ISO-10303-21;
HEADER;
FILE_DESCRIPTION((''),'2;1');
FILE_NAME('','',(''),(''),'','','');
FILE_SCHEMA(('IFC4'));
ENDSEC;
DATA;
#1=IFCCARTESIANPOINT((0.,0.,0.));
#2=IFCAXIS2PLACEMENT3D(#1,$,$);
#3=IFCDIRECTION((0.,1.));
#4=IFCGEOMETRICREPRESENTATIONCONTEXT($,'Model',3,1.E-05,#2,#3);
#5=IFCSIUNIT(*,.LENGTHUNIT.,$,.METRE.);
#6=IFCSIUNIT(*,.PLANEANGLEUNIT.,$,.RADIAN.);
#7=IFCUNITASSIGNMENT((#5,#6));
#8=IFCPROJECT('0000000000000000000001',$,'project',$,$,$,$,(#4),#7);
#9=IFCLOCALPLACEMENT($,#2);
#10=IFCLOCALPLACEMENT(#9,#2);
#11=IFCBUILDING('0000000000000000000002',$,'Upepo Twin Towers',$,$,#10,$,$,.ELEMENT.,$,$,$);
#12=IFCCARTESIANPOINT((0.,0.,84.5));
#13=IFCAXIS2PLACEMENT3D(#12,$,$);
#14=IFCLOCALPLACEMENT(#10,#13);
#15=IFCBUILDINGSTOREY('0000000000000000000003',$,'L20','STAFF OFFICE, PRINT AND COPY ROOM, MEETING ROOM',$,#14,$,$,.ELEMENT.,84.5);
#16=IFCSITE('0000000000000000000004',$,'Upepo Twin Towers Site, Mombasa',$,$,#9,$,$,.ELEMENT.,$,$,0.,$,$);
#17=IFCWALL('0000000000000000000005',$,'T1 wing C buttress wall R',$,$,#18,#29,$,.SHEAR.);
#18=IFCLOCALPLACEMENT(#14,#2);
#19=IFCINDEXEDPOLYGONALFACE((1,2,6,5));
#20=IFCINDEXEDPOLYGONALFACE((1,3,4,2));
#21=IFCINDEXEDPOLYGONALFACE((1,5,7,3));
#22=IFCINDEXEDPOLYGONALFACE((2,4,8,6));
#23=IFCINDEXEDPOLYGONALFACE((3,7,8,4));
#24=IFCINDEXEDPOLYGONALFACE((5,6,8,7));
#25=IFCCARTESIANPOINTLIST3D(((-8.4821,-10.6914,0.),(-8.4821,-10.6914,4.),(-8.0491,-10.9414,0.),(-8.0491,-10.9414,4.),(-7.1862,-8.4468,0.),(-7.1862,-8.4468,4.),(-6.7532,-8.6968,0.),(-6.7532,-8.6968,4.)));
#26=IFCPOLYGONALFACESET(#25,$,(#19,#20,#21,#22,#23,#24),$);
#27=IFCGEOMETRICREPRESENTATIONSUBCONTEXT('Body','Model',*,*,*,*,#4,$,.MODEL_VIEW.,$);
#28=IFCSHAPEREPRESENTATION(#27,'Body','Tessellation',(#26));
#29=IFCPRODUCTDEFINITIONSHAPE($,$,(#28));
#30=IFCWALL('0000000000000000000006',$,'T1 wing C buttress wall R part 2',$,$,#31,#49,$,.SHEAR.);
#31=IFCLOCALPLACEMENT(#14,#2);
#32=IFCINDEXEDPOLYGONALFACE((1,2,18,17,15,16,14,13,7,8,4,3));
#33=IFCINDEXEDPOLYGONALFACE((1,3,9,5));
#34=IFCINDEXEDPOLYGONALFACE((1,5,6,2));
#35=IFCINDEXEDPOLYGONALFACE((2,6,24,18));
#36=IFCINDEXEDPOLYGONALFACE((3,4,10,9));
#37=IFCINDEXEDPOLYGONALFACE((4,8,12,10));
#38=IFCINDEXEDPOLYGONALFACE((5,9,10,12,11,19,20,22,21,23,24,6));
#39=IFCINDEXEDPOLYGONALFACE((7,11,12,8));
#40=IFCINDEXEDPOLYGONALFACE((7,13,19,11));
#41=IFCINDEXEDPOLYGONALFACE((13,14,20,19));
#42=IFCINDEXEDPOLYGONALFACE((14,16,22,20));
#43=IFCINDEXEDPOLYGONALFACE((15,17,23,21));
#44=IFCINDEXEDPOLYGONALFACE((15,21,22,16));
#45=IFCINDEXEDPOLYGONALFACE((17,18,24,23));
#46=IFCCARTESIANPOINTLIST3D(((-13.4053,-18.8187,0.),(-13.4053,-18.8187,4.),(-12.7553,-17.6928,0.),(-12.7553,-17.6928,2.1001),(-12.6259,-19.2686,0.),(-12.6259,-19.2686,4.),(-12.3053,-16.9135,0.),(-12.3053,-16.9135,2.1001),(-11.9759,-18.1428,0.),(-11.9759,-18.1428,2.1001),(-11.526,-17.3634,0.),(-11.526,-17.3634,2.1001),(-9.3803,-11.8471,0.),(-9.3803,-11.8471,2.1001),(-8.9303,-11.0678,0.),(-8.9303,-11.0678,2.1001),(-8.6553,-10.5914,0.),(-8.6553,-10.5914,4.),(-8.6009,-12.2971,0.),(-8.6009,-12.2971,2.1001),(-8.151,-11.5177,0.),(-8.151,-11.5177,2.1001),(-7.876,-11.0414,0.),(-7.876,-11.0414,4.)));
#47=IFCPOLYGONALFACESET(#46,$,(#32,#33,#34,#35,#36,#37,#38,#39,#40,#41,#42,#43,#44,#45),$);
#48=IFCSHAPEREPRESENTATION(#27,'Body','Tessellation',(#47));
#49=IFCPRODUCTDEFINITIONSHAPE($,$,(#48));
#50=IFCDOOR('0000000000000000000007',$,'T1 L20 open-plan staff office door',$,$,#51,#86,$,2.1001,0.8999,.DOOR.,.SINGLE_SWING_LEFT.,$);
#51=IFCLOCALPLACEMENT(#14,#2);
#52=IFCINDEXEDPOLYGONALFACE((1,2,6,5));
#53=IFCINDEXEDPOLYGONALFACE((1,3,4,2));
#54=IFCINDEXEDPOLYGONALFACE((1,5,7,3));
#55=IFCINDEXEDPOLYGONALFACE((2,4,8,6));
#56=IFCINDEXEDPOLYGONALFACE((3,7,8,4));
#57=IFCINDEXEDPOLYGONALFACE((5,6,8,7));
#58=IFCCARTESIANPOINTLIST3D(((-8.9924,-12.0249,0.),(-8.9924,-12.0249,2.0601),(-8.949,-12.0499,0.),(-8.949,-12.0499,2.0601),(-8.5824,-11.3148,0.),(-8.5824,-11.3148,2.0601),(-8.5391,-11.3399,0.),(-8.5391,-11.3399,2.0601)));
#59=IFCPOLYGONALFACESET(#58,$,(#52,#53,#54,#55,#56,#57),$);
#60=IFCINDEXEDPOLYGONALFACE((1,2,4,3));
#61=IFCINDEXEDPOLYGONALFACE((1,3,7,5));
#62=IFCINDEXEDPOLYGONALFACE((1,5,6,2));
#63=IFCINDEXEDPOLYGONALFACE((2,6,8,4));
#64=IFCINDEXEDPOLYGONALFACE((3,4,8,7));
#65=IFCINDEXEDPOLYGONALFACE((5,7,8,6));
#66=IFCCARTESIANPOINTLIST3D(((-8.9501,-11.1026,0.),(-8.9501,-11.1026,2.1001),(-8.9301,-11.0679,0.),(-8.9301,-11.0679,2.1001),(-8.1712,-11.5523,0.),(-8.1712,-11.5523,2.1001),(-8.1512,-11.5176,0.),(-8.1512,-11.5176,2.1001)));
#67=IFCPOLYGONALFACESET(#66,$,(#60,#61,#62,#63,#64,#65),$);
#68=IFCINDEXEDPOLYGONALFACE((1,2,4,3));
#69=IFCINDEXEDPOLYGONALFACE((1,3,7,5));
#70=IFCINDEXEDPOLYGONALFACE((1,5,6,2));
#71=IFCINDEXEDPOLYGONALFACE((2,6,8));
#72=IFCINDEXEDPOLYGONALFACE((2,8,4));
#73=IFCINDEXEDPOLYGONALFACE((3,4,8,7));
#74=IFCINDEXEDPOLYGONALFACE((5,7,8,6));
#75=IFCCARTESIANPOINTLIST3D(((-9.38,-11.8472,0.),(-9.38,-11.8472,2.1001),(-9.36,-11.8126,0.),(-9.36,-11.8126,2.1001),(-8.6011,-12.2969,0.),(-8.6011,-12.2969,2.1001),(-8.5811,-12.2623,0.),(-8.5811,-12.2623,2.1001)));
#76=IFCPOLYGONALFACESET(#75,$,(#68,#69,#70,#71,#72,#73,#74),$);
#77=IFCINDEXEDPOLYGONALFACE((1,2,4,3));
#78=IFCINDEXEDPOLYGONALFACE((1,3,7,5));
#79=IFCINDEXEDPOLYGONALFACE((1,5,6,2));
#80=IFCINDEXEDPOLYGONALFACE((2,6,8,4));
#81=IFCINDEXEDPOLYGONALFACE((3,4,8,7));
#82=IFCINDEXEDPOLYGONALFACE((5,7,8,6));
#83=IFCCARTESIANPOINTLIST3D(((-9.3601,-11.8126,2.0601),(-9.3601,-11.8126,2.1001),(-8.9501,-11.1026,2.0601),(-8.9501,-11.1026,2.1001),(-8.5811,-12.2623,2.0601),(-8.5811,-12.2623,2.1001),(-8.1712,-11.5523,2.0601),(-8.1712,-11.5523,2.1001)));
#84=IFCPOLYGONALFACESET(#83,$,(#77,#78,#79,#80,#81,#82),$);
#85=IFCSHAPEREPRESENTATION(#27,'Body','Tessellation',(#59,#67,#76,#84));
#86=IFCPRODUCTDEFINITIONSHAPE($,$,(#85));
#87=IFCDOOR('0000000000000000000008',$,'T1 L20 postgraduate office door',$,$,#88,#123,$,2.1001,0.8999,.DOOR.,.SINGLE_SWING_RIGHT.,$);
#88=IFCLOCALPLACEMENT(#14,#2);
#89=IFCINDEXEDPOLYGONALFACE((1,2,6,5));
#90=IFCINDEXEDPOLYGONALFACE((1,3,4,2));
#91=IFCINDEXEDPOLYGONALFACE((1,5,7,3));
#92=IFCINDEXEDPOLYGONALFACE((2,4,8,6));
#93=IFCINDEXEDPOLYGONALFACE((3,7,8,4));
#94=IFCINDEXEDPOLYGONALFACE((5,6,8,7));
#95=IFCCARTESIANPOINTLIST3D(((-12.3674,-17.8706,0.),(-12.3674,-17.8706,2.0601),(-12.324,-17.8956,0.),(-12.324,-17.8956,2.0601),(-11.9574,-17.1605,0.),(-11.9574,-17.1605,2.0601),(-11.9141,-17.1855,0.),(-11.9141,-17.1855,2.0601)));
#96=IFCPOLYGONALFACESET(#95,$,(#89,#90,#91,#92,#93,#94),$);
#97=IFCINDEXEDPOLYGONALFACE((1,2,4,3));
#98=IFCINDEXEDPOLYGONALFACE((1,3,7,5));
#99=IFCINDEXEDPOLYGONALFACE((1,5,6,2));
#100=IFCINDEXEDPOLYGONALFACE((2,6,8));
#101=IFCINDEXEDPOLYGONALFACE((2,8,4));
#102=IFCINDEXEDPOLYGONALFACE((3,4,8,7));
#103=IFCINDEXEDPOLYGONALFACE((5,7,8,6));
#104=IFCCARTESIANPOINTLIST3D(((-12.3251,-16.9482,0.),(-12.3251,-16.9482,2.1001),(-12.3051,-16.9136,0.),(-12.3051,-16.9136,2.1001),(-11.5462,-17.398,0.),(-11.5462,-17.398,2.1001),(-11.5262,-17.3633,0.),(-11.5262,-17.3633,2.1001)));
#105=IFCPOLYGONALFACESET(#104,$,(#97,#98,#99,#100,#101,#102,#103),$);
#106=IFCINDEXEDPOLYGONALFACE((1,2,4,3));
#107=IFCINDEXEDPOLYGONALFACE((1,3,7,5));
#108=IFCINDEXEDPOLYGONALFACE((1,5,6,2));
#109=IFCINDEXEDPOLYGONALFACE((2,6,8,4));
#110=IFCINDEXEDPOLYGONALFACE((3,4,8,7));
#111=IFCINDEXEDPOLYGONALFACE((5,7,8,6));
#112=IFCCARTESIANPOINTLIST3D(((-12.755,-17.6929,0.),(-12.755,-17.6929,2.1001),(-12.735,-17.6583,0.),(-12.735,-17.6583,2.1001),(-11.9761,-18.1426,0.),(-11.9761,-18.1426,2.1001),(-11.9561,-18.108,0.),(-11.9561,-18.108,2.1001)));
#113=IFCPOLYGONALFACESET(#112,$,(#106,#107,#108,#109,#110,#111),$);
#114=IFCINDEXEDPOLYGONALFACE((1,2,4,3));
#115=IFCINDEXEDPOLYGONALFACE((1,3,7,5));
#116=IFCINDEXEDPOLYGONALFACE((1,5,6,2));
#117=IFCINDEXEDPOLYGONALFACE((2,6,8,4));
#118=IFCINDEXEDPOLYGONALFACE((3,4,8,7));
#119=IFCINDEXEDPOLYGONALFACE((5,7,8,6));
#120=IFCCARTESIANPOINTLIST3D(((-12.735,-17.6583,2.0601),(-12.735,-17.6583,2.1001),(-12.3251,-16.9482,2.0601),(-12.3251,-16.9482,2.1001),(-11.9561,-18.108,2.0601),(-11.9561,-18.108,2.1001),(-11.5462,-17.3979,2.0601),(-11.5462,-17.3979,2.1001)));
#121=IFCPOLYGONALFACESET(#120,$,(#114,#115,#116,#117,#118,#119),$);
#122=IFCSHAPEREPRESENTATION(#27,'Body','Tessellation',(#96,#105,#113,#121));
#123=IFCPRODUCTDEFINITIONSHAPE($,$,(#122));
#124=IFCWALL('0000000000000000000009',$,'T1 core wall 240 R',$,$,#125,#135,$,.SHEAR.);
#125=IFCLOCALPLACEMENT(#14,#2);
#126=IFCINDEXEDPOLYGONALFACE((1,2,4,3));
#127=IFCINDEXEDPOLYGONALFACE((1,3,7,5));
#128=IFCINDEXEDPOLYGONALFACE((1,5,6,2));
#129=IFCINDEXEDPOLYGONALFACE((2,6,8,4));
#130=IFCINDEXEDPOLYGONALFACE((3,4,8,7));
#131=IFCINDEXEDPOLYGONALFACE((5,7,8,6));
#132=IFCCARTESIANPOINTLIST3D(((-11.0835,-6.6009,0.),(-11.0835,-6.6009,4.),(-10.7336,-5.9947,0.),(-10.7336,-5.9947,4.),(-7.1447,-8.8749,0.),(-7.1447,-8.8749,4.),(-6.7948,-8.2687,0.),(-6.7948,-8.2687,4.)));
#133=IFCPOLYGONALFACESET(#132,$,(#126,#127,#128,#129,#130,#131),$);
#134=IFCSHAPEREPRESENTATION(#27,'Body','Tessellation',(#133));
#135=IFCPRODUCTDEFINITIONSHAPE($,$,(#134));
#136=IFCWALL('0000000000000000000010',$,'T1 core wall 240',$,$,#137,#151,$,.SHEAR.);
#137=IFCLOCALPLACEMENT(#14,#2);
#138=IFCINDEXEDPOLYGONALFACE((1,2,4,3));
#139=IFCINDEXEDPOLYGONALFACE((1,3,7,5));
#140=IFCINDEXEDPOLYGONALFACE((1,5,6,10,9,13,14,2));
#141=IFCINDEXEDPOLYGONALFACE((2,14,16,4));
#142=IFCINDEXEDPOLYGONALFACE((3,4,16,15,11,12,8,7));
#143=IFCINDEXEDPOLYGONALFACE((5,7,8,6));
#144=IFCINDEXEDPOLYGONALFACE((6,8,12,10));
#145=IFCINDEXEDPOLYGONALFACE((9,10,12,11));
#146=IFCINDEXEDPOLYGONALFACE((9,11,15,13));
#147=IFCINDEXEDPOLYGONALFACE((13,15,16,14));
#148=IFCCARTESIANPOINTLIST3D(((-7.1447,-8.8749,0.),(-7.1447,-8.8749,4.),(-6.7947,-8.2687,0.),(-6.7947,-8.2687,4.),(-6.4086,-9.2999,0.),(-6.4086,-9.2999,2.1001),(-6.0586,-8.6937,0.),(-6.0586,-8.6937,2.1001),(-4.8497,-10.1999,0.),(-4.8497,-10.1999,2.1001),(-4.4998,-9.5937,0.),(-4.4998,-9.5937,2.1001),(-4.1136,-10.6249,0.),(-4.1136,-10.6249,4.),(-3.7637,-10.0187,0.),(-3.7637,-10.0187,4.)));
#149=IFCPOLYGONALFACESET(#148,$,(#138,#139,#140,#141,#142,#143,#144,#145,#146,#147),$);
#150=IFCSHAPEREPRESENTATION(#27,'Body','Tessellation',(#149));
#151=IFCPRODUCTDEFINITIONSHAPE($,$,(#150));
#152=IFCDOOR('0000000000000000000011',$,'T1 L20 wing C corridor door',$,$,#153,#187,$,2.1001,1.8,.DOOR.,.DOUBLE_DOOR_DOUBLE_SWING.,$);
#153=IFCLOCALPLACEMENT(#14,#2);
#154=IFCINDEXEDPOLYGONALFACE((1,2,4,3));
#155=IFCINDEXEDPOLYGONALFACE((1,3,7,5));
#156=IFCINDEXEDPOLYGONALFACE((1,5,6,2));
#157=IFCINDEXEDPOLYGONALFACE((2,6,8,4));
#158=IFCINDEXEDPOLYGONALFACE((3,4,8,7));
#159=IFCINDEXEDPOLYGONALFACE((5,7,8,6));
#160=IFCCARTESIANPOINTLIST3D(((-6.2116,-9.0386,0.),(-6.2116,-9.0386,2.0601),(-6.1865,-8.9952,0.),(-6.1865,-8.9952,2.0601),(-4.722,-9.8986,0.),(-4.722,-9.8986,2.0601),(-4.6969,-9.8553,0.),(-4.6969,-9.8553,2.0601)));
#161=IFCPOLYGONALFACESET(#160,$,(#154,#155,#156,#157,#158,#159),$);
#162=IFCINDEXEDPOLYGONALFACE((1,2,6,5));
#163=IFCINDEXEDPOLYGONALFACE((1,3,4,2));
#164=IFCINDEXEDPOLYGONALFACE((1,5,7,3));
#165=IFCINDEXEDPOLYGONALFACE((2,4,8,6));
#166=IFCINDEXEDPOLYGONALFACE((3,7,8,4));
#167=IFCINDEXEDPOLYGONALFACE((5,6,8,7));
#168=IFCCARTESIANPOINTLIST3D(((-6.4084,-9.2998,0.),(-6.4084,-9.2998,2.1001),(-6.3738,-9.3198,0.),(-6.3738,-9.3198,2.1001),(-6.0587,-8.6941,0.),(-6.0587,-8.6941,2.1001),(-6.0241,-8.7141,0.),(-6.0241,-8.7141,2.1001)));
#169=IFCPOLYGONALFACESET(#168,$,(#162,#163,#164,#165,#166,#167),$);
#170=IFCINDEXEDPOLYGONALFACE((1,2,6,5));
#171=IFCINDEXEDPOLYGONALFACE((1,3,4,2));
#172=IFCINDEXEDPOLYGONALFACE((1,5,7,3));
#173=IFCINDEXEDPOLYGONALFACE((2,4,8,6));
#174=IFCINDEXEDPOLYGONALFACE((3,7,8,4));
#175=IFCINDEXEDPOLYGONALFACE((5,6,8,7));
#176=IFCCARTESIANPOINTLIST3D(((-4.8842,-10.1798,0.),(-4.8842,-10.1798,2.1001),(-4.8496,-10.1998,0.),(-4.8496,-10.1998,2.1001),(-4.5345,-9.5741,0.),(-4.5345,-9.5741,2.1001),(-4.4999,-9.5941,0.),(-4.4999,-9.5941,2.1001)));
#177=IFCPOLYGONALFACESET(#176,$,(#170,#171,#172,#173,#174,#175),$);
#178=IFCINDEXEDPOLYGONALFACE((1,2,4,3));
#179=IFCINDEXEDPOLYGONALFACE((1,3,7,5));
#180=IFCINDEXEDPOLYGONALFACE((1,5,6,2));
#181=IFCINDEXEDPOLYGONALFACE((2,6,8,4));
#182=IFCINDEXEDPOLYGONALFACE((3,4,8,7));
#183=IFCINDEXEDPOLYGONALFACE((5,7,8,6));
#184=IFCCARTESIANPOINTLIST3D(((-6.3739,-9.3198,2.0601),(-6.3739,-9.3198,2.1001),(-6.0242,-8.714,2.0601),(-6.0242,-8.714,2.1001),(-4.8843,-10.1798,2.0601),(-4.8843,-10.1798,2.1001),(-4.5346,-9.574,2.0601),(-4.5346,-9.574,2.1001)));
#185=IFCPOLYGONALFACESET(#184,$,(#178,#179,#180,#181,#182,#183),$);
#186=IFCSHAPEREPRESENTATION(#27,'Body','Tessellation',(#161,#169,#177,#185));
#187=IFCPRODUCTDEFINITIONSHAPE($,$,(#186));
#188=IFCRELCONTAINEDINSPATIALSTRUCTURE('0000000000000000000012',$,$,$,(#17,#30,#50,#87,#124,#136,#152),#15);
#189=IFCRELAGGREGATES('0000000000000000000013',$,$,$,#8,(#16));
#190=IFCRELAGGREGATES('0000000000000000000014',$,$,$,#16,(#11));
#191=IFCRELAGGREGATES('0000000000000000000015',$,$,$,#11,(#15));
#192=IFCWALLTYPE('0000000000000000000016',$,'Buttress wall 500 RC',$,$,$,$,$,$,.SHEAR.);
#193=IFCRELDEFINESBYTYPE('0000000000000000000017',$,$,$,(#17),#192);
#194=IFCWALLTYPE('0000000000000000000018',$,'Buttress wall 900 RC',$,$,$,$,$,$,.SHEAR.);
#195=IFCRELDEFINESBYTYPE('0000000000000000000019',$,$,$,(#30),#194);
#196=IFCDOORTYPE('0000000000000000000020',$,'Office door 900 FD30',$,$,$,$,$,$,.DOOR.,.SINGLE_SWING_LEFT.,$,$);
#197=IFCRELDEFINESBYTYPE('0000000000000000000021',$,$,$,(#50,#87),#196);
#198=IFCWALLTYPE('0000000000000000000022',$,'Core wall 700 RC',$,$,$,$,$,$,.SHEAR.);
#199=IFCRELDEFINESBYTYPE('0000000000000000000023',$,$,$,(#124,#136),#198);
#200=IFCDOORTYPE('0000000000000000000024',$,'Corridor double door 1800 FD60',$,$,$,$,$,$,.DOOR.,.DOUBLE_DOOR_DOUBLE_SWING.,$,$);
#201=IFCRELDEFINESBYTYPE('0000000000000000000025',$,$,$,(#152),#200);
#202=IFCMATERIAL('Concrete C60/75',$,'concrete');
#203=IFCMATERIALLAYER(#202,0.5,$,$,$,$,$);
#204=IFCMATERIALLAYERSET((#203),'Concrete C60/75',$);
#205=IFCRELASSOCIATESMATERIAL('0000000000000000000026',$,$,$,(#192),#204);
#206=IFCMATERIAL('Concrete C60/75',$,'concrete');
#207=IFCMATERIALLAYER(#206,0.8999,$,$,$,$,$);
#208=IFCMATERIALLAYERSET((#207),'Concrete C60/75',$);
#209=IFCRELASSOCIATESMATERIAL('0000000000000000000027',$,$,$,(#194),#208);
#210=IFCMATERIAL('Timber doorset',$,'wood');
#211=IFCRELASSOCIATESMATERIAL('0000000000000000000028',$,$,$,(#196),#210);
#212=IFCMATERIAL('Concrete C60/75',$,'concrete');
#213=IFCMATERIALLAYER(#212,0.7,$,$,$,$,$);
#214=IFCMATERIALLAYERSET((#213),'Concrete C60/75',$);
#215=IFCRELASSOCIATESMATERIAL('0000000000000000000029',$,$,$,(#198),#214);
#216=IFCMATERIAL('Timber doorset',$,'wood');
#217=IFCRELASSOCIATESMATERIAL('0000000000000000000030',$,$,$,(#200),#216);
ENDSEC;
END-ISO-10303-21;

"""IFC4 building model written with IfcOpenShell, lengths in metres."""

from ifc_helpers import new_model, si_unit, direction, frame, frame_2d, origin, place, context, subcontext, project, spatial, rectangle, extrude, material, layer, layer_set, type_object, element, fill, save


model = new_model("IFC4")

# Units and contexts
model_context = context("Model", 3, precision=1e-05, world=origin(), true_north=direction((0.0, 1.0)))
body_context = subcontext(model_context, "Body", "Model", "MODEL_VIEW")
ifc_project = project(units=[si_unit("LENGTHUNIT", "METRE"), si_unit("PLANEANGLEUNIT", "RADIAN")], contexts=[model_context])

# Site, building, storey
site_placement = place(None, origin())
site = spatial("IfcSite", under=ifc_project, at=site_placement, Name="Upepo Twin Towers Site, Mombasa", CompositionType="ELEMENT", RefElevation=0.0)
building_placement = place(site_placement, origin())
building = spatial("IfcBuilding", under=site, at=building_placement, Name="Upepo Twin Towers", CompositionType="ELEMENT")
storey_placement = place(building_placement, frame((0.0, 0.0, 84.5)))
storey = spatial("IfcBuildingStorey", under=building, at=storey_placement, Name="L20", Description="STAFF OFFICE, PRINT AND COPY ROOM, MEETING ROOM", CompositionType="ELEMENT", Elevation=84.5)

# Wall
ifc_material_1 = material(Name="Concrete C60/75", Category="concrete")
ifc_layer_1 = layer(ifc_material_1, 0.5)
ifc_layer_set_1 = layer_set([ifc_layer_1], Name="Concrete C60/75")
wall_type_1 = type_object("IfcWallType", Name="Buttress wall 500 RC", PredefinedType="SHEAR", material=ifc_layer_set_1)
wall_1_placement = place(storey_placement, frame((-6.9697, -8.5718, 0.0), z_axis=(0.0, 0.0, 1.0), x_axis=(-0.499989, -0.866032, 0.0)))
element("IfcWall", 1, at=wall_1_placement, inside=storey, type_object=wall_type_1, Name="T1 wing C buttress wall R", PredefinedType="SHEAR", context=body_context, shape_type="SweptSolid", body=[
    extrude(rectangle(XDim=2.5918, YDim=0.5, at=frame_2d((1.2959, 0.0))), origin(), (0.0, 0.0, 1.0), 4.0),
])

# Wall, openings, doors
ifc_material_2 = material(Name="Concrete C60/75", Category="concrete")
ifc_layer_2 = layer(ifc_material_2, 0.8999)
ifc_layer_set_2 = layer_set([ifc_layer_2], Name="Concrete C60/75")
wall_type_2 = type_object("IfcWallType", Name="Buttress wall 900 RC", PredefinedType="SHEAR", material=ifc_layer_set_2)
wall_2_placement = place(storey_placement, frame((-8.2656, -10.8164, 0.0), z_axis=(0.0, 0.0, 1.0), x_axis=(-0.499998, -0.866027, 0.0)))
wall_2 = element("IfcWall", 2, at=wall_2_placement, inside=storey, type_object=wall_type_2, Name="T1 wing C buttress wall R part 2", PredefinedType="SHEAR", context=body_context, shape_type="SweptSolid", body=[
    extrude(rectangle(XDim=9.5, YDim=0.8999, at=frame_2d((4.75, 0.0))), origin(), (0.0, 0.0, 1.0), 4.0),
])
opening_1_placement = place(wall_2_placement, frame((0.55, 0.0, 0.0)))
opening_1 = element("IfcOpeningElement", 3, at=opening_1_placement, cuts=wall_2, PredefinedType="OPENING", context=body_context, shape_type="SweptSolid", body=[
    extrude(rectangle(XDim=0.8999, YDim=2.1001, at=frame_2d((0.45, 1.05))), frame((0.0, 0.46, 0.0), z_axis=(0.0, -1.0, 0.0), x_axis=(1.0, 0.0, 0.0)), (0.0, 0.0, 1.0), 0.9199),
])
opening_2_placement = place(wall_2_placement, frame((7.3, 0.0, 0.0)))
opening_2 = element("IfcOpeningElement", 4, at=opening_2_placement, cuts=wall_2, PredefinedType="OPENING", context=body_context, shape_type="SweptSolid", body=[
    extrude(rectangle(XDim=0.8999, YDim=2.1001, at=frame_2d((0.45, 1.05))), frame((0.0, 0.46, 0.0), z_axis=(0.0, -1.0, 0.0), x_axis=(1.0, 0.0, 0.0)), (0.0, 0.0, 1.0), 0.9199),
])
ifc_material_3 = material(Name="Timber doorset", Category="wood")
door_type_1 = type_object("IfcDoorType", Name="Office door 900 FD30", OperationType="SINGLE_SWING_LEFT", PredefinedType="DOOR", material=ifc_material_3)
door_1_placement = place(opening_1_placement, origin())
door_1 = element("IfcDoor", 5, at=door_1_placement, inside=storey, type_object=door_type_1, Name="T1 L20 open-plan staff office door", OperationType="SINGLE_SWING_LEFT", OverallHeight=2.1001, OverallWidth=0.8999, PredefinedType="DOOR", context=body_context, shape_type="SweptSolid", body=[
    extrude(rectangle(XDim=0.8199, YDim=2.0601, at=frame_2d((0.45, 1.03))), frame((0.0, 0.0249, 0.0), z_axis=(0.0, -1.0, 0.0), x_axis=(1.0, 0.0, 0.0)), (0.0, 0.0, 1.0), 0.05),
    extrude(rectangle(XDim=0.04, YDim=2.1001, at=frame_2d((0.02, 1.05))), frame((0.0, 0.4497, 0.0), z_axis=(0.0, -1.0, 0.0), x_axis=(1.0, 0.0, 0.0)), (0.0, 0.0, 1.0), 0.8994),
    extrude(rectangle(XDim=0.04, YDim=2.1001, at=frame_2d((0.8799, 1.05))), frame((0.0, 0.4497, 0.0), z_axis=(0.0, -1.0, 0.0), x_axis=(1.0, 0.0, 0.0)), (0.0, 0.0, 1.0), 0.8994),
    extrude(rectangle(XDim=0.8199, YDim=0.04, at=frame_2d((0.45, 2.0801))), frame((0.0, 0.4497, 0.0), z_axis=(0.0, -1.0, 0.0), x_axis=(1.0, 0.0, 0.0)), (0.0, 0.0, 1.0), 0.8994),
])
fill(opening_1, door_1)
door_2_placement = place(opening_2_placement, origin())
door_2 = element("IfcDoor", 6, at=door_2_placement, inside=storey, type_object=door_type_1, Name="T1 L20 postgraduate office door", OperationType="SINGLE_SWING_RIGHT", OverallHeight=2.1001, OverallWidth=0.8999, PredefinedType="DOOR", context=body_context, shape_type="SweptSolid", body=[
    extrude(rectangle(XDim=0.8199, YDim=2.0601, at=frame_2d((0.45, 1.03))), frame((0.0, 0.0249, 0.0), z_axis=(0.0, -1.0, 0.0), x_axis=(1.0, 0.0, 0.0)), (0.0, 0.0, 1.0), 0.05),
    extrude(rectangle(XDim=0.04, YDim=2.1001, at=frame_2d((0.02, 1.05))), frame((0.0, 0.4497, 0.0), z_axis=(0.0, -1.0, 0.0), x_axis=(1.0, 0.0, 0.0)), (0.0, 0.0, 1.0), 0.8994),
    extrude(rectangle(XDim=0.04, YDim=2.1001, at=frame_2d((0.8799, 1.05))), frame((0.0, 0.4497, 0.0), z_axis=(0.0, -1.0, 0.0), x_axis=(1.0, 0.0, 0.0)), (0.0, 0.0, 1.0), 0.8994),
    extrude(rectangle(XDim=0.8199, YDim=0.04, at=frame_2d((0.45, 2.0801))), frame((0.0, 0.4497, 0.0), z_axis=(0.0, -1.0, 0.0), x_axis=(1.0, 0.0, 0.0)), (0.0, 0.0, 1.0), 0.8994),
])
fill(opening_2, door_2)

# Wall
ifc_material_4 = material(Name="Concrete C60/75", Category="concrete")
ifc_layer_3 = layer(ifc_material_4, 0.7)
ifc_layer_set_3 = layer_set([ifc_layer_3], Name="Concrete C60/75")
wall_type_3 = type_object("IfcWallType", Name="Core wall 700 RC", PredefinedType="SHEAR", material=ifc_layer_set_3)
wall_3_placement = place(storey_placement, frame((-10.9084, -6.2979, 0.0), z_axis=(0.0, 0.0, 1.0), x_axis=(0.866035, -0.499984, 0.0)))
element("IfcWall", 7, at=wall_3_placement, inside=storey, type_object=wall_type_3, Name="T1 core wall 240 R", PredefinedType="SHEAR", context=body_context, shape_type="SweptSolid", body=[
    extrude(rectangle(XDim=4.5481, YDim=0.7, at=frame_2d((2.2739, 0.0))), origin(), (0.0, 0.0, 1.0), 4.0),
])

# Wall, opening, door
wall_4_placement = place(storey_placement, frame((-6.9697, -8.5718, 0.0), z_axis=(0.0, 0.0, 1.0), x_axis=(0.866019, -0.50001, 0.0)))
wall_4 = element("IfcWall", 8, at=wall_4_placement, inside=storey, type_object=wall_type_3, Name="T1 core wall 240", PredefinedType="SHEAR", context=body_context, shape_type="SweptSolid", body=[
    extrude(rectangle(XDim=3.5, YDim=0.7, at=frame_2d((1.75, 0.0))), origin(), (0.0, 0.0, 1.0), 4.0),
])
opening_3_placement = place(wall_4_placement, frame((0.8501, 0.0, 0.0)))
opening_3 = element("IfcOpeningElement", 9, at=opening_3_placement, cuts=wall_4, PredefinedType="OPENING", context=body_context, shape_type="SweptSolid", body=[
    extrude(rectangle(XDim=1.8, YDim=2.1001, at=frame_2d((0.8999, 1.05))), frame((0.0, 0.3599, 0.0), z_axis=(0.0, -1.0, 0.0), x_axis=(1.0, 0.0, 0.0)), (0.0, 0.0, 1.0), 0.72),
])
ifc_material_5 = material(Name="Timber doorset", Category="wood")
door_type_2 = type_object("IfcDoorType", Name="Corridor double door 1800 FD60", OperationType="DOUBLE_DOOR_DOUBLE_SWING", PredefinedType="DOOR", material=ifc_material_5)
door_3_placement = place(opening_3_placement, origin())
door_3 = element("IfcDoor", 10, at=door_3_placement, inside=storey, type_object=door_type_2, Name="T1 L20 wing C corridor door", OperationType="DOUBLE_DOOR_DOUBLE_SWING", OverallHeight=2.1001, OverallWidth=1.8, PredefinedType="DOOR", context=body_context, shape_type="SweptSolid", body=[
    extrude(rectangle(XDim=1.72, YDim=2.0601, at=frame_2d((0.8999, 1.03))), frame((0.0, 0.0249, 0.0), z_axis=(0.0, -1.0, 0.0), x_axis=(1.0, 0.0, 0.0)), (0.0, 0.0, 1.0), 0.05),
    extrude(rectangle(XDim=0.04, YDim=2.1001, at=frame_2d((0.02, 1.05))), frame((0.0, 0.3496, 0.0), z_axis=(0.0, -1.0, 0.0), x_axis=(1.0, 0.0, 0.0)), (0.0, 0.0, 1.0), 0.6995),
    extrude(rectangle(XDim=0.04, YDim=2.1001, at=frame_2d((1.78, 1.05))), frame((0.0, 0.3496, 0.0), z_axis=(0.0, -1.0, 0.0), x_axis=(1.0, 0.0, 0.0)), (0.0, 0.0, 1.0), 0.6995),
    extrude(rectangle(XDim=1.72, YDim=0.04, at=frame_2d((0.8999, 2.0801))), frame((0.0, 0.3496, 0.0), z_axis=(0.0, -1.0, 0.0), x_axis=(1.0, 0.0, 0.0)), (0.0, 0.0, 1.0), 0.6995),
])
fill(opening_3, door_3)

save(model, "model.ifc")
